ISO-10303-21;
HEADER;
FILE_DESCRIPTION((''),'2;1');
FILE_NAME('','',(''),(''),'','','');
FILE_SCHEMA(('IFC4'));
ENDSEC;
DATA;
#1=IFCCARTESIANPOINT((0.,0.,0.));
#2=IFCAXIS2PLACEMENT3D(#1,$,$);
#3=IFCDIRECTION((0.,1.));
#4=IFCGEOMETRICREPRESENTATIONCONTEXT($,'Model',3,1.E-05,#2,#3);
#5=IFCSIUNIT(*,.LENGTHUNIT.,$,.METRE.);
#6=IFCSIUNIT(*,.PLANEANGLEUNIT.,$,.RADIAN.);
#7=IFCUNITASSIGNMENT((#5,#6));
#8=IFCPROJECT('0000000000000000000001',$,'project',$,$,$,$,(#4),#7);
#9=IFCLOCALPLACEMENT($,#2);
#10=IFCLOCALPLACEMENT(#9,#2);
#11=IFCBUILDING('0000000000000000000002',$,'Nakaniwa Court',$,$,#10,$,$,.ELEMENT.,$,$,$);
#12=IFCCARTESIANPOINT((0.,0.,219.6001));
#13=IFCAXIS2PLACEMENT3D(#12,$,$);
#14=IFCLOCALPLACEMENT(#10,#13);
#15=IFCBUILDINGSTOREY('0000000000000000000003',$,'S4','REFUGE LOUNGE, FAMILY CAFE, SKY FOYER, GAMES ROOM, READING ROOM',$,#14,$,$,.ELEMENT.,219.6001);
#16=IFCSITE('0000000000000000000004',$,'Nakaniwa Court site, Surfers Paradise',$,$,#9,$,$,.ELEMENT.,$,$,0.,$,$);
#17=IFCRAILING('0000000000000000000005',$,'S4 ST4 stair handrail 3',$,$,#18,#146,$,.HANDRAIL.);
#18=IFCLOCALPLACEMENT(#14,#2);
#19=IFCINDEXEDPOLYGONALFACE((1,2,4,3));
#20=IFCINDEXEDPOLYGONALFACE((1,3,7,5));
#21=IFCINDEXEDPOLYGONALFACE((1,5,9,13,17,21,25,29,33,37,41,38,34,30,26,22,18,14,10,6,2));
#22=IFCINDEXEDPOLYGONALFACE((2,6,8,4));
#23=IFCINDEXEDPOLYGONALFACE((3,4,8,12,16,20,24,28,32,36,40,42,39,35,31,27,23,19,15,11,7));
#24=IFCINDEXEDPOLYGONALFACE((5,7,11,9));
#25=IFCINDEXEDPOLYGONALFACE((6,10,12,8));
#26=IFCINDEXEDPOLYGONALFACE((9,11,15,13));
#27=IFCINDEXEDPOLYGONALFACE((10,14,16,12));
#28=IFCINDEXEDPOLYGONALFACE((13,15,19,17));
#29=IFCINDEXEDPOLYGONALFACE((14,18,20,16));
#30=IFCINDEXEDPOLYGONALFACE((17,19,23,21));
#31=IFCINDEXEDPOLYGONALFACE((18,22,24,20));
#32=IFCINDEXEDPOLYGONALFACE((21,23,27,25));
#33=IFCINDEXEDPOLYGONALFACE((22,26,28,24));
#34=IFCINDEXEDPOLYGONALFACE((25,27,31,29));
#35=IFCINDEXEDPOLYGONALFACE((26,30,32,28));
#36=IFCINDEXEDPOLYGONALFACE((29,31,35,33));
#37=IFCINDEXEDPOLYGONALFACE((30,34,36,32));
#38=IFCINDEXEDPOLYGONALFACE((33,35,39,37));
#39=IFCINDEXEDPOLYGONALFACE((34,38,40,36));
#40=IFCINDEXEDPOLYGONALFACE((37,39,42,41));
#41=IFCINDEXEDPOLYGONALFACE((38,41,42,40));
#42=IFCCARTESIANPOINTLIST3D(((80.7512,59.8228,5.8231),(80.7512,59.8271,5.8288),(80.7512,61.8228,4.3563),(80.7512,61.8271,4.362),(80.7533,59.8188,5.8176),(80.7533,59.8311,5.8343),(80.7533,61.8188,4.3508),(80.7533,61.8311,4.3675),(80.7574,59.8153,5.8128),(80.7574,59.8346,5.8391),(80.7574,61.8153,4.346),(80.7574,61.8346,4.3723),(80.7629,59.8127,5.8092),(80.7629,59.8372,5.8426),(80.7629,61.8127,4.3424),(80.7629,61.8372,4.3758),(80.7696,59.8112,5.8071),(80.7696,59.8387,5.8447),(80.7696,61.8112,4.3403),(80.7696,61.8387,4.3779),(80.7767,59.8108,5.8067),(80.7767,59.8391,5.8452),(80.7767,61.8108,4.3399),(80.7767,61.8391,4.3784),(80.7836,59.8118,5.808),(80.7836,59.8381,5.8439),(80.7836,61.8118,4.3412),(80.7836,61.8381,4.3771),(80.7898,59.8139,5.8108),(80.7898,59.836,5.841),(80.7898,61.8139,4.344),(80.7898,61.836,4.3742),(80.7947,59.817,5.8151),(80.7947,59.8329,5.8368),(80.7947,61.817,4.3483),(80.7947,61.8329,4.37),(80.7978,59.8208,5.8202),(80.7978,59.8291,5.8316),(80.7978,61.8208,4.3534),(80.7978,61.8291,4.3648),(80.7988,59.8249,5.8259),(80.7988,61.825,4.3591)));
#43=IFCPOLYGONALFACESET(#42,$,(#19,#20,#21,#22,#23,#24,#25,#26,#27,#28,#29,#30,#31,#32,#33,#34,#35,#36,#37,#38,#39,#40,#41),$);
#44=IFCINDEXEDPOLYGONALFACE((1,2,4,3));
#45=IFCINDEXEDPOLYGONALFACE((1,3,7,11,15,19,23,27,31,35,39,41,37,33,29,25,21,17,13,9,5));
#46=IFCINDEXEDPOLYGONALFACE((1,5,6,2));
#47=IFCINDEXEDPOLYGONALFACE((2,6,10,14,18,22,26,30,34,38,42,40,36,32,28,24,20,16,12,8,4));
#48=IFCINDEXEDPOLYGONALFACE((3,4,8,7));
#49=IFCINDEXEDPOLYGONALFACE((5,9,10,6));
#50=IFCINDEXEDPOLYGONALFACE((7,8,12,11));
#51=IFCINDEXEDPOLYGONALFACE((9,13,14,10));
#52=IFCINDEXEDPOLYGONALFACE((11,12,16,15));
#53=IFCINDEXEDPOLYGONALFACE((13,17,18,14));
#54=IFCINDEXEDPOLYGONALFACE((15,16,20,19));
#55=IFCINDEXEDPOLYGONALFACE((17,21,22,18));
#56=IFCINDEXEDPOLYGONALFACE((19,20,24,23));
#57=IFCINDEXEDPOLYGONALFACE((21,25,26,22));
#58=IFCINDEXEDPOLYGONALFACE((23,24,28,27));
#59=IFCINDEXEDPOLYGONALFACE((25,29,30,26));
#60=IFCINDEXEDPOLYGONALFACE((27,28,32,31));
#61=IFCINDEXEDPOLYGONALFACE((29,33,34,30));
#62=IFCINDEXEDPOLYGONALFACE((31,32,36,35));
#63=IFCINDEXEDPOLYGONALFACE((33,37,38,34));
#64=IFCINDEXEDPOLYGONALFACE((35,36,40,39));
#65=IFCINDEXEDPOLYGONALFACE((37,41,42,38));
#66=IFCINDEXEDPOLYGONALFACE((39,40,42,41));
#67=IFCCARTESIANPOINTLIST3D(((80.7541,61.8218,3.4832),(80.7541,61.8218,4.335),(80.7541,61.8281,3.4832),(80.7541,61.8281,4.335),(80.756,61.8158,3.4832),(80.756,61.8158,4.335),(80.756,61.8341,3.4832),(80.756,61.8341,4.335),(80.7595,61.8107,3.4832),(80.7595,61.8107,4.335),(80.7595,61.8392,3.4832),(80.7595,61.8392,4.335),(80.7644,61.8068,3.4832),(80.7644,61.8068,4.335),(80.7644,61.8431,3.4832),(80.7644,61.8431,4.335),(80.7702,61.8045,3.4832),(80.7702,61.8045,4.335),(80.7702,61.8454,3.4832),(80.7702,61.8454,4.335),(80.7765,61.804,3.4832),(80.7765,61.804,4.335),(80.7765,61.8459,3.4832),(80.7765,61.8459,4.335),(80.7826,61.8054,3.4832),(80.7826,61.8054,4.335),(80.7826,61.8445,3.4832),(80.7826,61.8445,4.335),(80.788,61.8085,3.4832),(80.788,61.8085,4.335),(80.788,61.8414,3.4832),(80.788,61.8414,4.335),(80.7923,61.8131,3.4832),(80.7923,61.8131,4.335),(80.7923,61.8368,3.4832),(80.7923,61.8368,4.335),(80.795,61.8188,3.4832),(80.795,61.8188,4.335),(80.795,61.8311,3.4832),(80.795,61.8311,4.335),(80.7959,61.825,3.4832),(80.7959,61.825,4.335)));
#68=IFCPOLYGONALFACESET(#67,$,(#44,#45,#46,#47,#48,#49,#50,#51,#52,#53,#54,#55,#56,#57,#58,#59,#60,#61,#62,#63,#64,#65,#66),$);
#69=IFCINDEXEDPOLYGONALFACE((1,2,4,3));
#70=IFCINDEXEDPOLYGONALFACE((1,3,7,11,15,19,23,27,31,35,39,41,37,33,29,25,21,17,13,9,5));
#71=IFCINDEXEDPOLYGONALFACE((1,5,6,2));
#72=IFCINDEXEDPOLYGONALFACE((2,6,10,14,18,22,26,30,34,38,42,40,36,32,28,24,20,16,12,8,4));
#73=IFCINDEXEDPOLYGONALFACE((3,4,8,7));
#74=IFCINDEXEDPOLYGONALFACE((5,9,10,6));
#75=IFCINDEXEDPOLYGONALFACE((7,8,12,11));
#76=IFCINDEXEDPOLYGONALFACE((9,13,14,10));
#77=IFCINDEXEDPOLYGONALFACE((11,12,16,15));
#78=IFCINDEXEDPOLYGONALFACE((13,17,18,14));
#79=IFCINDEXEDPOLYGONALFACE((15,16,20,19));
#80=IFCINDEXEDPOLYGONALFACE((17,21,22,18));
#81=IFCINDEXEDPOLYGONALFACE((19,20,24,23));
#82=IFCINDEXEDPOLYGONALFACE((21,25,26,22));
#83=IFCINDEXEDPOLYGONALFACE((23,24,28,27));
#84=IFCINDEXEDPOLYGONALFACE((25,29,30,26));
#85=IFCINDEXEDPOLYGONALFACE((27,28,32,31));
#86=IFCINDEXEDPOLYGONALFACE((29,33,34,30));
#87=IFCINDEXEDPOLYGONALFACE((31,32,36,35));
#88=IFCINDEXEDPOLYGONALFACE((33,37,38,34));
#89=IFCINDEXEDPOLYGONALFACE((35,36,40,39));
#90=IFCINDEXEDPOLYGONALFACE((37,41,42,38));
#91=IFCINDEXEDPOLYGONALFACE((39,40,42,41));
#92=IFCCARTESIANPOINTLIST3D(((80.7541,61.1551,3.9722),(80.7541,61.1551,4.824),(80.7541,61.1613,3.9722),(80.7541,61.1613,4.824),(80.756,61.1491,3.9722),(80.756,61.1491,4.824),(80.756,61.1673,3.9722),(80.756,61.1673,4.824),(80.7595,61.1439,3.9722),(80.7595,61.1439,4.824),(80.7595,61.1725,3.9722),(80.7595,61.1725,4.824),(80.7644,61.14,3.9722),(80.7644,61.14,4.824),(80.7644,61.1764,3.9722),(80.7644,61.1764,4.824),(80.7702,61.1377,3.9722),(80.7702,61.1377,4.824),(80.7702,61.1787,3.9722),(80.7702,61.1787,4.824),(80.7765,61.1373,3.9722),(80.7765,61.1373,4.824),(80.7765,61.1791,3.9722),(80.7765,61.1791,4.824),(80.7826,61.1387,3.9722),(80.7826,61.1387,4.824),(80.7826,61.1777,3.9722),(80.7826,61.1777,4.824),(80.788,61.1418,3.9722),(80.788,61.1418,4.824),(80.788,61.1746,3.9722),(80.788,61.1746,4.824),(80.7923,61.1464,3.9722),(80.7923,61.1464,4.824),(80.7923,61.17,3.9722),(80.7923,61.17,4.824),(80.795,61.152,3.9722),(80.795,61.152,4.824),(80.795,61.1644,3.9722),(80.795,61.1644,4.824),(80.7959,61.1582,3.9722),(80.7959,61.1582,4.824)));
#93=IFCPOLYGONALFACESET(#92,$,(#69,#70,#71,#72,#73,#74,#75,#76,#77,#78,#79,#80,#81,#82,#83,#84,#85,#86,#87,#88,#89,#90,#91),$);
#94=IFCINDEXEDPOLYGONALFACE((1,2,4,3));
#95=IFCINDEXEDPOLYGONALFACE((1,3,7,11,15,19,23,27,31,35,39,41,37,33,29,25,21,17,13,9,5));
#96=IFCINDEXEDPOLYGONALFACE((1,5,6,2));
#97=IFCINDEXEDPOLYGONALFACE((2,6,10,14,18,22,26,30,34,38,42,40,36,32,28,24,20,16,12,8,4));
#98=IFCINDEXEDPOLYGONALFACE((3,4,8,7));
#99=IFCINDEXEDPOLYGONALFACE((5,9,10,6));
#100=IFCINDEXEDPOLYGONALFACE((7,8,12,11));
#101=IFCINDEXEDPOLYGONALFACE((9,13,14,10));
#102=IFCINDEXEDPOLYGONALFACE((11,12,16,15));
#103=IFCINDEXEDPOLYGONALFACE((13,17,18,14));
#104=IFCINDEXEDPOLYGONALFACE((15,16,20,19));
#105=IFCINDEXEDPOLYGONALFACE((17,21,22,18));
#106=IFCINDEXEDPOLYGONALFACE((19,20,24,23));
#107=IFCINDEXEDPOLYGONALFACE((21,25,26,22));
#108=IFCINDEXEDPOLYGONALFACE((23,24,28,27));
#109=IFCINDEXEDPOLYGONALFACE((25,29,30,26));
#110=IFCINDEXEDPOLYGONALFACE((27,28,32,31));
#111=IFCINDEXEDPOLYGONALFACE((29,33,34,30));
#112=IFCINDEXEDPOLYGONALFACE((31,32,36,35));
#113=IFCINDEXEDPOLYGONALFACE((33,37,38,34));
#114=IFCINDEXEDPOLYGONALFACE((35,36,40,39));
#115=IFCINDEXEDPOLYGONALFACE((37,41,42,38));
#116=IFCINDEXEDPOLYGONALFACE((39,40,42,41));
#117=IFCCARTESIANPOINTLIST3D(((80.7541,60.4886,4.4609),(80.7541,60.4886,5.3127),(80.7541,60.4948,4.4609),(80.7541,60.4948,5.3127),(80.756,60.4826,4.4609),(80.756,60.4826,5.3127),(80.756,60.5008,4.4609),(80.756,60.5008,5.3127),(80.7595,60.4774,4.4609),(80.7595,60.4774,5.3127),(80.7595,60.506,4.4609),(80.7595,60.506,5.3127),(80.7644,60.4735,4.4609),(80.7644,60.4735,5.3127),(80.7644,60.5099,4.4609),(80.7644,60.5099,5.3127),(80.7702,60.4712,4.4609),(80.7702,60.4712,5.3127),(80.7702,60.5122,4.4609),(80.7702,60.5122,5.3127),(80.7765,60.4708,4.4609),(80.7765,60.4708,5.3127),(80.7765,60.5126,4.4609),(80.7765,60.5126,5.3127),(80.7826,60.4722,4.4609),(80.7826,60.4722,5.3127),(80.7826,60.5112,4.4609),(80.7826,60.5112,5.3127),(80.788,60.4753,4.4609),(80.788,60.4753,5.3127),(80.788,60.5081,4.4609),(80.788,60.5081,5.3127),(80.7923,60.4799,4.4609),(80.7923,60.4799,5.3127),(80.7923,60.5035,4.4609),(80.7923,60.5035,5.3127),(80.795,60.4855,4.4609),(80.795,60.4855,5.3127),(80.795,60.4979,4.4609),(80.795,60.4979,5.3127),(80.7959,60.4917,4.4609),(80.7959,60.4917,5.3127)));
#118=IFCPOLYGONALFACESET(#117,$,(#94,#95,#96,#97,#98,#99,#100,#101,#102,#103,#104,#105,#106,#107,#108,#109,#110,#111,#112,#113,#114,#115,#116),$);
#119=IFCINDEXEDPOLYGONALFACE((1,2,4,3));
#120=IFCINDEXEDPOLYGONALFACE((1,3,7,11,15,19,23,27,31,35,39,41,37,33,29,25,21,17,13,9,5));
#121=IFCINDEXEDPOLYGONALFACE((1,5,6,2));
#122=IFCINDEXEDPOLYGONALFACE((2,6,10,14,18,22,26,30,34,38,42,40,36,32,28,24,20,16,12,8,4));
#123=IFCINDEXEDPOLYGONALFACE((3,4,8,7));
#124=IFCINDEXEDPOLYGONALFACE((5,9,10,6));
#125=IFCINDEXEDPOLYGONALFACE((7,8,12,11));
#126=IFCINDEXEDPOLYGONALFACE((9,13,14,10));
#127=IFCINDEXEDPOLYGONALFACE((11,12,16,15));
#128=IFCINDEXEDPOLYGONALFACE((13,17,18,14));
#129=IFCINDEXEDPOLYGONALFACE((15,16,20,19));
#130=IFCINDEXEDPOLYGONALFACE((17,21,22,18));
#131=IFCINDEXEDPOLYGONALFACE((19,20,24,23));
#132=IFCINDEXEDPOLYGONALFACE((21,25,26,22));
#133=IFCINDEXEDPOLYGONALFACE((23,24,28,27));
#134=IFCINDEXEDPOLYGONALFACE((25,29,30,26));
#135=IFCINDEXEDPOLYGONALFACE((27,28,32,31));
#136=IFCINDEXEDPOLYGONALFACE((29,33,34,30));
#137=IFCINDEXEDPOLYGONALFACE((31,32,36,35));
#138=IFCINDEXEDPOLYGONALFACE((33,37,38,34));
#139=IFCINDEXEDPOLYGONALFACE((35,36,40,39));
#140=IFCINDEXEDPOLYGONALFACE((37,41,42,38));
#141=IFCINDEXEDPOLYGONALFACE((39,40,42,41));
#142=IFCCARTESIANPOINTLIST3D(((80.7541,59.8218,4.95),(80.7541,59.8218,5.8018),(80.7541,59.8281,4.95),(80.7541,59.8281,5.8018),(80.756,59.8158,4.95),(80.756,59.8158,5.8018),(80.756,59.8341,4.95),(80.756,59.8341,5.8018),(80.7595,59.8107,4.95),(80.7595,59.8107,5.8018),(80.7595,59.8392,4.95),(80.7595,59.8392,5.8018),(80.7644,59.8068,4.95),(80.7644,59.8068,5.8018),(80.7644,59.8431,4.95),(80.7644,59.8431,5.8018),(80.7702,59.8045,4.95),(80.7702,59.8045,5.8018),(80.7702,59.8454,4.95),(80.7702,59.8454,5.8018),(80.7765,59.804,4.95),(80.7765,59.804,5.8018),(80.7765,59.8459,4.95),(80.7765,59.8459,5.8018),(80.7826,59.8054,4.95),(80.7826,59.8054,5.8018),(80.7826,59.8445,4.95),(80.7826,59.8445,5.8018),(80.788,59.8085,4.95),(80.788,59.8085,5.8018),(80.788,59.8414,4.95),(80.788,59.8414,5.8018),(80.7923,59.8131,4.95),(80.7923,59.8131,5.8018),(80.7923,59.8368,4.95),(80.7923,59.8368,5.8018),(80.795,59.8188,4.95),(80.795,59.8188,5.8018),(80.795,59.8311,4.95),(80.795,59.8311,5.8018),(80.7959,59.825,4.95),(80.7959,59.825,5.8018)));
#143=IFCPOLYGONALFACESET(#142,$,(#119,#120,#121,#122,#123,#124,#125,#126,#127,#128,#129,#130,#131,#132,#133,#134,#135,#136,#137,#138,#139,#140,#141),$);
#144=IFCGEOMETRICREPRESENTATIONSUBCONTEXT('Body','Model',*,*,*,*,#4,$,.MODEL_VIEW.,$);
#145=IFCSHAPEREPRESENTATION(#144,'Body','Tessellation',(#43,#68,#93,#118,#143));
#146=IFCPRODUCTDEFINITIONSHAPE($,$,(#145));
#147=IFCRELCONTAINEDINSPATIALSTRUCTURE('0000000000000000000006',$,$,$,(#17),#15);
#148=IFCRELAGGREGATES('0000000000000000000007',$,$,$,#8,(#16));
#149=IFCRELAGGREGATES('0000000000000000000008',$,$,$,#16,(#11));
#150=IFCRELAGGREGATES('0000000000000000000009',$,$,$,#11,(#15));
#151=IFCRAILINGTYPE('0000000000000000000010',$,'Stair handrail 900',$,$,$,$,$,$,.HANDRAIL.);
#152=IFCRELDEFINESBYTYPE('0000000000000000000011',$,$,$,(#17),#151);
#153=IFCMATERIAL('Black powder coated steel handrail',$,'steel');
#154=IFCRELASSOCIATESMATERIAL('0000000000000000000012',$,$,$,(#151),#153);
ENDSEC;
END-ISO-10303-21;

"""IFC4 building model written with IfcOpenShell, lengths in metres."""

from ifc_helpers import new_model, si_unit, direction, frame, origin, origin_2d, place, context, subcontext, project, spatial, circle, extrude, material, type_object, element, save


model = new_model("IFC4")

# Units and contexts
model_context = context("Model", 3, precision=1e-05, world=origin(), true_north=direction((0.0, 1.0)))
body_context = subcontext(model_context, "Body", "Model", "MODEL_VIEW")
ifc_project = project(units=[si_unit("LENGTHUNIT", "METRE"), si_unit("PLANEANGLEUNIT", "RADIAN")], contexts=[model_context])

# Site, building, storey
site_placement = place(None, origin())
site = spatial("IfcSite", under=ifc_project, at=site_placement, Name="Nakaniwa Court site, Surfers Paradise", CompositionType="ELEMENT", RefElevation=0.0)
building_placement = place(site_placement, origin())
building = spatial("IfcBuilding", under=site, at=building_placement, Name="Nakaniwa Court", CompositionType="ELEMENT")
storey_placement = place(building_placement, frame((0.0, 0.0, 219.6001)))
storey = spatial("IfcBuildingStorey", under=building, at=storey_placement, Name="S4", Description="REFUGE LOUNGE, FAMILY CAFE, SKY FOYER, GAMES ROOM, READING ROOM", CompositionType="ELEMENT", Elevation=219.6001)

# Railing
ifc_material_1 = material(Name="Black powder coated steel handrail", Category="steel")
railing_type_1 = type_object("IfcRailingType", Name="Stair handrail 900", PredefinedType="HANDRAIL", material=ifc_material_1)
railing_1_placement = place(storey_placement, frame((80.7749, 61.825, 3.4832)))
element("IfcRailing", 1, at=railing_1_placement, inside=storey, type_object=railing_type_1, Name="S4 ST4 stair handrail 3", PredefinedType="HANDRAIL", context=body_context, shape_type="SweptSolid", body=[
    extrude(circle(Radius=0.0239, at=origin_2d()), frame((0.0, 0.0, 0.876), z_axis=(0.0, -0.80638, 0.591398), x_axis=(1.0, 0.0, 0.0)), (0.0, 0.0, 1.0), 2.4802),
    extrude(circle(Radius=0.021, at=origin_2d()), origin(), (0.0, 0.0, 1.0), 0.8518),
    extrude(circle(Radius=0.021, at=origin_2d()), frame((0.0, -0.6667, 0.489)), (0.0, 0.0, 1.0), 0.8518),
    extrude(circle(Radius=0.021, at=origin_2d()), frame((0.0, -1.3333, 0.9778)), (0.0, 0.0, 1.0), 0.8518),
    extrude(circle(Radius=0.021, at=origin_2d()), frame((0.0, -2.0, 1.4668)), (0.0, 0.0, 1.0), 0.8518),
])

save(model, "model.ifc")
